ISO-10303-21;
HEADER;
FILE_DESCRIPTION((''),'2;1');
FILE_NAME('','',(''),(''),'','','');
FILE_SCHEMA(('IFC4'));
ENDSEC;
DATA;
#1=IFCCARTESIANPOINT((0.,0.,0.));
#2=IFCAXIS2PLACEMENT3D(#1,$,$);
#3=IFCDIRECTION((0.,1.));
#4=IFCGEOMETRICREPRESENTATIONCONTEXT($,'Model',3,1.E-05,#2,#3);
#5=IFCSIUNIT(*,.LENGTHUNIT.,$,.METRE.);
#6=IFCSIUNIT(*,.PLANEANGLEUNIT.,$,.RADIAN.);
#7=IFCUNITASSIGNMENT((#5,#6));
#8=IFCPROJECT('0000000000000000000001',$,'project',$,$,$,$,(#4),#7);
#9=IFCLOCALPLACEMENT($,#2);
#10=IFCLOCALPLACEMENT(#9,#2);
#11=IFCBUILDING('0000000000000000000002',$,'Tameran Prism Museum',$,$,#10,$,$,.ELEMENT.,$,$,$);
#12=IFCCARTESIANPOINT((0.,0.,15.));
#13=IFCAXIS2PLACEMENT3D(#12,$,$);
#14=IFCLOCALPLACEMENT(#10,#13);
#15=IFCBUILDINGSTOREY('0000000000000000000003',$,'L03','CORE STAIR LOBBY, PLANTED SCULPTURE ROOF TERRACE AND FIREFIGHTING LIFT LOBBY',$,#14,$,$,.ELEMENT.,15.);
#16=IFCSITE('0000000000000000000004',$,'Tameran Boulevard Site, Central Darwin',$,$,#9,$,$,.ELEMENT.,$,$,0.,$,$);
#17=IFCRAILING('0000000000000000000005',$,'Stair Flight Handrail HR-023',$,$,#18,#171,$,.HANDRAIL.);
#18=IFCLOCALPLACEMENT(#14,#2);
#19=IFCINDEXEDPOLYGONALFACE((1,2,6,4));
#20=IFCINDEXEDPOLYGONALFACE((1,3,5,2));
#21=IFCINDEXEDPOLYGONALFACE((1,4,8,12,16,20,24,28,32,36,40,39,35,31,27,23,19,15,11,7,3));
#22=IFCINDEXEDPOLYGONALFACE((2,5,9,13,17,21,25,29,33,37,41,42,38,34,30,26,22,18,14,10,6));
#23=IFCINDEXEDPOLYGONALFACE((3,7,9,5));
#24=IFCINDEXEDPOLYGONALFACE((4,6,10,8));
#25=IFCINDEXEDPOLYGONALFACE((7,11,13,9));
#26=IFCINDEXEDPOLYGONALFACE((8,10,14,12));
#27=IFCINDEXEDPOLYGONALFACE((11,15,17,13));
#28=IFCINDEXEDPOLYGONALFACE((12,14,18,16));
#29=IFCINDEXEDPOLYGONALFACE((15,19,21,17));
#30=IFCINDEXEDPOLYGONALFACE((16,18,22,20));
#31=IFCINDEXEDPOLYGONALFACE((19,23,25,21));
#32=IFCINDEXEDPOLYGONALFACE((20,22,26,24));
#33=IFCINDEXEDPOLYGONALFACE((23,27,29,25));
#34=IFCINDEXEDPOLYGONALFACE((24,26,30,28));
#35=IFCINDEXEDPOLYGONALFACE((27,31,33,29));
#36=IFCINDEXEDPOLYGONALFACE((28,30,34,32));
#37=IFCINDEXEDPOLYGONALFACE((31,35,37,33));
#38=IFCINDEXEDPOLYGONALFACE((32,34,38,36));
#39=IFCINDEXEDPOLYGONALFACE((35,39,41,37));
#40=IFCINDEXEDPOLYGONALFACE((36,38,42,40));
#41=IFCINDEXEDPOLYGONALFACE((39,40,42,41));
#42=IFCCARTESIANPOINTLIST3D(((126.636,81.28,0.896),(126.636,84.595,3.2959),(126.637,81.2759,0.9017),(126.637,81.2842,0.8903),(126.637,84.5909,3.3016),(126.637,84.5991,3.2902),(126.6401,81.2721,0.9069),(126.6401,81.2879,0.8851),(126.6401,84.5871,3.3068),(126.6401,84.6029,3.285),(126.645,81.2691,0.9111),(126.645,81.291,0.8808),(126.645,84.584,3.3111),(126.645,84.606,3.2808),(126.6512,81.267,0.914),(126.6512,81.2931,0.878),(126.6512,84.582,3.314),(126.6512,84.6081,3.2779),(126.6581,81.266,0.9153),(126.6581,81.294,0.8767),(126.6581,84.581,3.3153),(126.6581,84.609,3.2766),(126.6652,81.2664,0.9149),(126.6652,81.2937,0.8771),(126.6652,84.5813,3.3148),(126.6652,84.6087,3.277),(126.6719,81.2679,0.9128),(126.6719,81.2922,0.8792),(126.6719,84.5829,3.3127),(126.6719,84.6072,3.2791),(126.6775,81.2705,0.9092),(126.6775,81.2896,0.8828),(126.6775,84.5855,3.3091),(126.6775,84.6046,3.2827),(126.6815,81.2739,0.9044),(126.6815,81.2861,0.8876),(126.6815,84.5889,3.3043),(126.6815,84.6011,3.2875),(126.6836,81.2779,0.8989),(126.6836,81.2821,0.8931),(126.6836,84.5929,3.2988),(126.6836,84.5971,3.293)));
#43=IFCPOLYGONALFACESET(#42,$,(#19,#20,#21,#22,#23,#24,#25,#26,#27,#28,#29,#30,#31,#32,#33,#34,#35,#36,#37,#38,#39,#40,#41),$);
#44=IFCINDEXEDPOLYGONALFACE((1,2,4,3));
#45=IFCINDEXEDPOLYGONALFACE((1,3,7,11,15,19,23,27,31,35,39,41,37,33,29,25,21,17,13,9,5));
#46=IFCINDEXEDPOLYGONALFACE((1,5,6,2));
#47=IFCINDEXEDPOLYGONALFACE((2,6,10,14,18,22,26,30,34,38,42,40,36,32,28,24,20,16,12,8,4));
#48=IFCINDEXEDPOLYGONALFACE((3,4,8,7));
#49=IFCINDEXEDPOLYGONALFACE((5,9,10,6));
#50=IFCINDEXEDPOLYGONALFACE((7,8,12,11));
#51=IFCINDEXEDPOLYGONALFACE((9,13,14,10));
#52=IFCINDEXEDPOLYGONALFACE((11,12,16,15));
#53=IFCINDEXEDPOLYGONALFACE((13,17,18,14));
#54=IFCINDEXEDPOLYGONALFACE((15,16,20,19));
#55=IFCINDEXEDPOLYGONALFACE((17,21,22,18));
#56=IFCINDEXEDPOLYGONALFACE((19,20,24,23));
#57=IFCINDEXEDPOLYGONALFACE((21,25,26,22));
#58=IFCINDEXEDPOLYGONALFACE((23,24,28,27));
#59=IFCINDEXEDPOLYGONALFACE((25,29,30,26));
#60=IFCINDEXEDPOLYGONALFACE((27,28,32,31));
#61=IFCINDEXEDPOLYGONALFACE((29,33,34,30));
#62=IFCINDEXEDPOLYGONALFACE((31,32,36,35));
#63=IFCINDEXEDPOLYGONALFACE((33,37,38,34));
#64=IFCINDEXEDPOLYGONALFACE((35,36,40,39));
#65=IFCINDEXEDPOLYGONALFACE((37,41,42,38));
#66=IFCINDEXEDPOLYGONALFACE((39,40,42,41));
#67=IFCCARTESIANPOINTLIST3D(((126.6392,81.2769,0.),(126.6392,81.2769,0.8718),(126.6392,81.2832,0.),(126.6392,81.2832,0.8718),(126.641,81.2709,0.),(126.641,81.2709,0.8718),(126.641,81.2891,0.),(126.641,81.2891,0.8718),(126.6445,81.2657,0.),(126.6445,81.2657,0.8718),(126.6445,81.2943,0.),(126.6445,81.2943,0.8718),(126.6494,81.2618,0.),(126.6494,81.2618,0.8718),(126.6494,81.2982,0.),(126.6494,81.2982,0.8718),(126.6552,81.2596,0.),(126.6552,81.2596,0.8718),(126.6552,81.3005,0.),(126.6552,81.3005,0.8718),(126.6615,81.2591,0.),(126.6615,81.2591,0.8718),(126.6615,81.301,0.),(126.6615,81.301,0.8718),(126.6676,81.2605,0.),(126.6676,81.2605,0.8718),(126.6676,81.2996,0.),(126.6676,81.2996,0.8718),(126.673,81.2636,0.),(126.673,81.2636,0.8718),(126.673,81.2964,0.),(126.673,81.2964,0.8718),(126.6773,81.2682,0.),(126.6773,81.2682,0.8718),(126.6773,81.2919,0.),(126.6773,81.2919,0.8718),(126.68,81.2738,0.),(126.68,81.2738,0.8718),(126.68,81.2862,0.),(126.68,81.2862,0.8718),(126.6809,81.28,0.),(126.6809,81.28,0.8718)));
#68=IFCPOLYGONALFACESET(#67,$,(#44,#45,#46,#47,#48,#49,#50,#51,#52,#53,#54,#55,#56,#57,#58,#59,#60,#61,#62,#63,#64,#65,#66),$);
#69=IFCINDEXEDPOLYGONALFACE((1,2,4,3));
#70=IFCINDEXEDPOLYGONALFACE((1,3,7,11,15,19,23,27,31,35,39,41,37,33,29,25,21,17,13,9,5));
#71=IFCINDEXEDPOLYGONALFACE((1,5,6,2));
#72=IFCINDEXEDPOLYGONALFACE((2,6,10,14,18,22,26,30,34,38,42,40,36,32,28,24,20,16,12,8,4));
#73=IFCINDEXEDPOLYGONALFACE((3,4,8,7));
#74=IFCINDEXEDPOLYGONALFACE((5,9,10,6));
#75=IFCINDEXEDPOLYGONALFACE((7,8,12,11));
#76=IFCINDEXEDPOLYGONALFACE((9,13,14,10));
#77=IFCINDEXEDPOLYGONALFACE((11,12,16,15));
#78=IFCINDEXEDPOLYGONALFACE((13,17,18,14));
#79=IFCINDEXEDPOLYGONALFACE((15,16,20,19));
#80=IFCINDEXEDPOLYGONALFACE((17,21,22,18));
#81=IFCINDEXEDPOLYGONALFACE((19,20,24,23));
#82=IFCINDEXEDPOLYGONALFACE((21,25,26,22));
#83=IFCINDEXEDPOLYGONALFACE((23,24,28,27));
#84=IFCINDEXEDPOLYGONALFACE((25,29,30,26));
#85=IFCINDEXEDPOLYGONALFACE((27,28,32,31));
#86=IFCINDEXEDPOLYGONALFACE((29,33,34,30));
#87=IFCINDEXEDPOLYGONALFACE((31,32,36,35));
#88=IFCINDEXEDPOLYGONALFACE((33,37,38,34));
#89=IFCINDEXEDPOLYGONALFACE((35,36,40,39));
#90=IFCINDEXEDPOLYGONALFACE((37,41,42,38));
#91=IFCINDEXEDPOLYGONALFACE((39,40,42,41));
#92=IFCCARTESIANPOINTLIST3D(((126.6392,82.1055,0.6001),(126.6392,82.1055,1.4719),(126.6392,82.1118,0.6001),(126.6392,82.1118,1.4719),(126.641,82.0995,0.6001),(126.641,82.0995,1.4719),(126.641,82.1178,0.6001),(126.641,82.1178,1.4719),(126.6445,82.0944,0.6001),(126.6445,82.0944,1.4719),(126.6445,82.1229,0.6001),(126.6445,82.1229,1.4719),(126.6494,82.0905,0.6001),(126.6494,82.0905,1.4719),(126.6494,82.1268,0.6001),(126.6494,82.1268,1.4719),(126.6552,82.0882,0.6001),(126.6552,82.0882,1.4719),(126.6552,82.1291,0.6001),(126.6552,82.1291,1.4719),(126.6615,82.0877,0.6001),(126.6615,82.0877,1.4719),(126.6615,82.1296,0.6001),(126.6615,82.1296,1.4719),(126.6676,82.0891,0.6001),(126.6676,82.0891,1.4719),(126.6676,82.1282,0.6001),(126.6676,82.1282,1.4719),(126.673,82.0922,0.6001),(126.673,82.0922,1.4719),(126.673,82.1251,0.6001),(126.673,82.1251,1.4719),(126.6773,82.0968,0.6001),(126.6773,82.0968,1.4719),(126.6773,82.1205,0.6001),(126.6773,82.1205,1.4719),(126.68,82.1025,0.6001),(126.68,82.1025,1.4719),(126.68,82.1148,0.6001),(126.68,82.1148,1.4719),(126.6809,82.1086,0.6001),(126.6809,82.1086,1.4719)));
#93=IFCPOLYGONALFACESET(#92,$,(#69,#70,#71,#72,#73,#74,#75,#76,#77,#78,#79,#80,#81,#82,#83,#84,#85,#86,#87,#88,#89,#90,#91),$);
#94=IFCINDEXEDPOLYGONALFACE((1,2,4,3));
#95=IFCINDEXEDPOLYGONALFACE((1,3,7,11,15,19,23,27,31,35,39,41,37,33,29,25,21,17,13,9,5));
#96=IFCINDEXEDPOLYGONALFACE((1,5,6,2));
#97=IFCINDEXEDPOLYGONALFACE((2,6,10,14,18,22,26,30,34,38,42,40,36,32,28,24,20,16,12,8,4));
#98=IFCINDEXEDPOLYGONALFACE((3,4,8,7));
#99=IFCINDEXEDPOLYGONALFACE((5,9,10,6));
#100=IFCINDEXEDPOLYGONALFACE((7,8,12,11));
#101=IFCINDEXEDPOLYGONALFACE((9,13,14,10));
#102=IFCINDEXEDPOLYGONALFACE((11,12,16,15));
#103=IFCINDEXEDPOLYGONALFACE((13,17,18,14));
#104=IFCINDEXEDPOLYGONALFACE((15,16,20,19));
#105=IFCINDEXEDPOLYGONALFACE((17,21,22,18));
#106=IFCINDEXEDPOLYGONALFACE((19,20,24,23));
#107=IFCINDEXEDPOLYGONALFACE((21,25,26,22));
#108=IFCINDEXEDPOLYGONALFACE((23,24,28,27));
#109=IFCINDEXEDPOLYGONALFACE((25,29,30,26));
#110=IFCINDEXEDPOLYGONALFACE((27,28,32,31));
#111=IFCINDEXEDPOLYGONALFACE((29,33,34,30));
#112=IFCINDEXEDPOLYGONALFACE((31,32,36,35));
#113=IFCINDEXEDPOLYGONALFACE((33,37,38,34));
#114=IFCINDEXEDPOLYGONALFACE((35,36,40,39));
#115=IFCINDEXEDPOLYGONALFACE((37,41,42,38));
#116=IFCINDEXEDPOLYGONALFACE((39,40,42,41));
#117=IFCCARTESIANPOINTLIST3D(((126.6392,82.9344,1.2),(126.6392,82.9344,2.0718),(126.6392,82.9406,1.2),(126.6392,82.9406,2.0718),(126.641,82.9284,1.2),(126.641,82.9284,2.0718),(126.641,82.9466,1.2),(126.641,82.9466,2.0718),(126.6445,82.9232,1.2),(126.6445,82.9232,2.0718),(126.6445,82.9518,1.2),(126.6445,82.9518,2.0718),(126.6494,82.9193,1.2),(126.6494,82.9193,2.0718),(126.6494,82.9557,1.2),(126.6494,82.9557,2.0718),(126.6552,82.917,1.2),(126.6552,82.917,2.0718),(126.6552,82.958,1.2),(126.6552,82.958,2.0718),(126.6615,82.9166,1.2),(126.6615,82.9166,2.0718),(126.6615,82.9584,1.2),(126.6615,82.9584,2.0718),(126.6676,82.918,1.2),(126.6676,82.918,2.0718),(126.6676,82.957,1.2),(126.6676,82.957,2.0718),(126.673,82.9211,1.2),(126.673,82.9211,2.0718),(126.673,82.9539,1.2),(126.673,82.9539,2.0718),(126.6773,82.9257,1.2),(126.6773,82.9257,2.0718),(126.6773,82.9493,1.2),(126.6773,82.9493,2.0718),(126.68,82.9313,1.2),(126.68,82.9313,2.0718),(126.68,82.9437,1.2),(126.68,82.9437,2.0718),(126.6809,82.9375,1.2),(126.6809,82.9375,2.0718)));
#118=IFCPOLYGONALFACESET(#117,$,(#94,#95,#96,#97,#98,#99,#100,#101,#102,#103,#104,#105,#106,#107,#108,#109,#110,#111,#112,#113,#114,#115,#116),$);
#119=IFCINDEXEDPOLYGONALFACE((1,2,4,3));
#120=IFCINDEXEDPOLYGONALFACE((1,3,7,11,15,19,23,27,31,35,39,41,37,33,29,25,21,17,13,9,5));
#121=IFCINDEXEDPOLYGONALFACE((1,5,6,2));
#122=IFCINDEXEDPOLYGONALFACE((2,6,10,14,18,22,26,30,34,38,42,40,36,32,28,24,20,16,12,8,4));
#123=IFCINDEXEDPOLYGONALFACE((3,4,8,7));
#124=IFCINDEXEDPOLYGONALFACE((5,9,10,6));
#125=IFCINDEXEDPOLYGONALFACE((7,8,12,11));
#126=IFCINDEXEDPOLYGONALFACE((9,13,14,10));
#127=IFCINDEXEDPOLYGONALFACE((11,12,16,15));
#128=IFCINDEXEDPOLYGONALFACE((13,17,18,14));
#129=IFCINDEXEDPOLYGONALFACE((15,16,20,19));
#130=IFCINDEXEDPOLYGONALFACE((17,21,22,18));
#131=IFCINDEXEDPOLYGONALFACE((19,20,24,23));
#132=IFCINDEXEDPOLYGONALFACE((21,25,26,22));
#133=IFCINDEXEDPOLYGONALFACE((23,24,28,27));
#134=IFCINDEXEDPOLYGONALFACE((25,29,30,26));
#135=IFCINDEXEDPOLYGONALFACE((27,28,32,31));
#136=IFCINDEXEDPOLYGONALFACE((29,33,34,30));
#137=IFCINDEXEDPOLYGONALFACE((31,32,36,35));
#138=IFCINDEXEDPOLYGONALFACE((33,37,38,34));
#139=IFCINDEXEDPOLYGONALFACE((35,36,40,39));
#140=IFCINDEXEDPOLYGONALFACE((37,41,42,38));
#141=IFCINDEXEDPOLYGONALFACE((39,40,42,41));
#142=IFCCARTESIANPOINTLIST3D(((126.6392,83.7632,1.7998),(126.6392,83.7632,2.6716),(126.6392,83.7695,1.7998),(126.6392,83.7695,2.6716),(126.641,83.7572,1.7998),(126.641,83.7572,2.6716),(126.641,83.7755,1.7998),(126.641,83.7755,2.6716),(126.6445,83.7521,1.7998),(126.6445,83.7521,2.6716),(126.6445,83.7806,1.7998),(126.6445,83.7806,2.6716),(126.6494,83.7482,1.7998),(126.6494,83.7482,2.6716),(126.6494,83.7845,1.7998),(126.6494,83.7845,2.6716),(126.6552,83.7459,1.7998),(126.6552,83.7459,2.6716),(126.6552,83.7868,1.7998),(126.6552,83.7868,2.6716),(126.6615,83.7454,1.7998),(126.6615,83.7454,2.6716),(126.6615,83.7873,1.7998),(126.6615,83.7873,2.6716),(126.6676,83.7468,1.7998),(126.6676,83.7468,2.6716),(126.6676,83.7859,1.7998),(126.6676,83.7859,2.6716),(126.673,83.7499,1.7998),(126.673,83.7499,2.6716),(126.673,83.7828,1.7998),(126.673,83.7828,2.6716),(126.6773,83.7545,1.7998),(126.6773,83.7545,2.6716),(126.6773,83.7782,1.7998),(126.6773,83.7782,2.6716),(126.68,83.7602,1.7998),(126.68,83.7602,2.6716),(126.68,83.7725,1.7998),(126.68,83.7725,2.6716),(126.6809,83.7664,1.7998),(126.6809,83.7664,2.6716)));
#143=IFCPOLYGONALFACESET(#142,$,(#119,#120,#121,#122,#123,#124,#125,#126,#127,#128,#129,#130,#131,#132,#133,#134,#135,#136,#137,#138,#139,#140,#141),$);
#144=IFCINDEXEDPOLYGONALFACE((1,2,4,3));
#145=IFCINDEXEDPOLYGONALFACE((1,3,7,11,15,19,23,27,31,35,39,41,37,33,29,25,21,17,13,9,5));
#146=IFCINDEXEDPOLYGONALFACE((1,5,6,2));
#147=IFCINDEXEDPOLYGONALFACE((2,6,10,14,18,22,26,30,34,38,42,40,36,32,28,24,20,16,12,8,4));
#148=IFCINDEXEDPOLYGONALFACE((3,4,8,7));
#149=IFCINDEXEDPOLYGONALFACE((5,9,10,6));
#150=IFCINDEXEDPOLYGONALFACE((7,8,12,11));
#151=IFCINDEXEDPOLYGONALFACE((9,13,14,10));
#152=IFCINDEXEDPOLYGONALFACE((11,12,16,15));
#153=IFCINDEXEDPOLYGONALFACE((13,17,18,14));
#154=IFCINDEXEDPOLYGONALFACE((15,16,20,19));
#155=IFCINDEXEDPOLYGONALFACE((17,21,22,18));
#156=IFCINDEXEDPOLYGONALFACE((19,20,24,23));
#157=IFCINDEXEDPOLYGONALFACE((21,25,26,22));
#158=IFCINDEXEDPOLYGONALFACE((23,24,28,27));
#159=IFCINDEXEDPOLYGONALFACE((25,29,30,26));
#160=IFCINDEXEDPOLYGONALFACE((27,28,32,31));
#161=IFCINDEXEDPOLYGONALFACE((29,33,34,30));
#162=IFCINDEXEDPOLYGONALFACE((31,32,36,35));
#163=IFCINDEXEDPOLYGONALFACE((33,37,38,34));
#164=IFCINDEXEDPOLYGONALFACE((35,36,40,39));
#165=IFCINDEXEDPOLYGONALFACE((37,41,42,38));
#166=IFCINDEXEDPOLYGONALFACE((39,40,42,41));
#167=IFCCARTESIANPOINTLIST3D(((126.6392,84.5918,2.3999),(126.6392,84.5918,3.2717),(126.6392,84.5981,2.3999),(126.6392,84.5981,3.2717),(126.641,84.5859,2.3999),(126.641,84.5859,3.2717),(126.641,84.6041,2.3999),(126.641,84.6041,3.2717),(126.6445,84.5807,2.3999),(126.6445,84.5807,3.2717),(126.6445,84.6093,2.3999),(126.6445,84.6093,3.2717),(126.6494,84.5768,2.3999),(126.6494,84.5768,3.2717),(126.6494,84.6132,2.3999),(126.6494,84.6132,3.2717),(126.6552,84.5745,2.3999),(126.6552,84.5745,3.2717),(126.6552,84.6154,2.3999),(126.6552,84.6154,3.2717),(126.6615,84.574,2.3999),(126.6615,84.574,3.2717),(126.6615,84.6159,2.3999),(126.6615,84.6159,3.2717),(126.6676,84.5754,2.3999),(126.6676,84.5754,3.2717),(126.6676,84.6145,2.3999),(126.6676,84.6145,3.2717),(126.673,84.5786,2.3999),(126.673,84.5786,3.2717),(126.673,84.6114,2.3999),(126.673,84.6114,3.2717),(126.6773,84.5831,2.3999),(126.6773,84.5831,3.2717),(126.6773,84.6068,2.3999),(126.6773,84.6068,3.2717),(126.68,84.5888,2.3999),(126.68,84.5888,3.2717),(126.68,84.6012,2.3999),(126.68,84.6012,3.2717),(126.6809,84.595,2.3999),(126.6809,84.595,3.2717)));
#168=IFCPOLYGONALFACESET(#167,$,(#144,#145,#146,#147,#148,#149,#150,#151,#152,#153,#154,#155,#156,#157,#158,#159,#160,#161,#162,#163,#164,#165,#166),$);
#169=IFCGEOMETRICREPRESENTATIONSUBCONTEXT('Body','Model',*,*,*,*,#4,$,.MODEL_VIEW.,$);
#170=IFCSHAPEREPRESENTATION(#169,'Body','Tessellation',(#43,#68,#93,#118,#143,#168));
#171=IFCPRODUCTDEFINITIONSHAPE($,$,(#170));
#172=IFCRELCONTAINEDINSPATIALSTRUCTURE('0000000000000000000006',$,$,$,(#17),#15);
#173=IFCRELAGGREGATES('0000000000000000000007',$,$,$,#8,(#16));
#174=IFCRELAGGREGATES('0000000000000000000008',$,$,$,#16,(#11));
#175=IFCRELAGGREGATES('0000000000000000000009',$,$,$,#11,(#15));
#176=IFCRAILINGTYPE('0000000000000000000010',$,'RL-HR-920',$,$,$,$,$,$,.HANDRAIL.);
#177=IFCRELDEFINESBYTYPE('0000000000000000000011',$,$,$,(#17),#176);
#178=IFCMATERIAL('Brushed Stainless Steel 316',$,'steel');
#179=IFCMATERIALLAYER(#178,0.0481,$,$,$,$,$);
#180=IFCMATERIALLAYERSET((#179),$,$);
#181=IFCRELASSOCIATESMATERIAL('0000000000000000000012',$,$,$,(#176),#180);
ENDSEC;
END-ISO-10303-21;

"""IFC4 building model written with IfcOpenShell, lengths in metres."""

from ifc_helpers import new_model, si_unit, direction, frame, origin, origin_2d, place, context, subcontext, project, spatial, circle, extrude, material, layer, layer_set, type_object, element, save


model = new_model("IFC4")

# Units and contexts
model_context = context("Model", 3, precision=1e-05, world=origin(), true_north=direction((0.0, 1.0)))
body_context = subcontext(model_context, "Body", "Model", "MODEL_VIEW")
ifc_project = project(units=[si_unit("LENGTHUNIT", "METRE"), si_unit("PLANEANGLEUNIT", "RADIAN")], contexts=[model_context])

# Site, building, storey
site_placement = place(None, origin())
site = spatial("IfcSite", under=ifc_project, at=site_placement, Name="Tameran Boulevard Site, Central Darwin", CompositionType="ELEMENT", RefElevation=0.0)
building_placement = place(site_placement, origin())
building = spatial("IfcBuilding", under=site, at=building_placement, Name="Tameran Prism Museum", CompositionType="ELEMENT")
storey_placement = place(building_placement, frame((0.0, 0.0, 15.0)))
storey = spatial("IfcBuildingStorey", under=building, at=storey_placement, Name="L03", Description="CORE STAIR LOBBY, PLANTED SCULPTURE ROOF TERRACE AND FIREFIGHTING LIFT LOBBY", CompositionType="ELEMENT", Elevation=15.0)

# Railing
ifc_material_1 = material(Name="Brushed Stainless Steel 316", Category="steel")
ifc_layer_1 = layer(ifc_material_1, 0.0481)
ifc_layer_set_1 = layer_set([ifc_layer_1])
railing_type_1 = type_object("IfcRailingType", Name="RL-HR-920", PredefinedType="HANDRAIL", material=ifc_layer_set_1)
railing_1_placement = place(storey_placement, frame((126.6599, 81.28, 0.0)))
element("IfcRailing", 1, at=railing_1_placement, inside=storey, type_object=railing_type_1, Name="Stair Flight Handrail HR-023", PredefinedType="HANDRAIL", context=body_context, shape_type="SweptSolid", body=[
    extrude(circle(Radius=0.0239, at=origin_2d()), frame((0.0, 0.0, 0.896), z_axis=(0.0, 0.810009, 0.586418), x_axis=(-1.0, 0.0, 0.0)), (0.0, 0.0, 1.0), 4.0925),
    extrude(circle(Radius=0.021, at=origin_2d()), origin(), (0.0, 0.0, 1.0), 0.8718),
    extrude(circle(Radius=0.021, at=origin_2d()), frame((0.0, 0.8286, 0.6001)), (0.0, 0.0, 1.0), 0.8718),
    extrude(circle(Radius=0.021, at=origin_2d()), frame((0.0, 1.6575, 1.2)), (0.0, 0.0, 1.0), 0.8718),
    extrude(circle(Radius=0.021, at=origin_2d()), frame((0.0, 2.4863, 1.7998)), (0.0, 0.0, 1.0), 0.8718),
    extrude(circle(Radius=0.021, at=origin_2d()), frame((0.0, 3.3149, 2.3999)), (0.0, 0.0, 1.0), 0.8718),
])

save(model, "model.ifc")
